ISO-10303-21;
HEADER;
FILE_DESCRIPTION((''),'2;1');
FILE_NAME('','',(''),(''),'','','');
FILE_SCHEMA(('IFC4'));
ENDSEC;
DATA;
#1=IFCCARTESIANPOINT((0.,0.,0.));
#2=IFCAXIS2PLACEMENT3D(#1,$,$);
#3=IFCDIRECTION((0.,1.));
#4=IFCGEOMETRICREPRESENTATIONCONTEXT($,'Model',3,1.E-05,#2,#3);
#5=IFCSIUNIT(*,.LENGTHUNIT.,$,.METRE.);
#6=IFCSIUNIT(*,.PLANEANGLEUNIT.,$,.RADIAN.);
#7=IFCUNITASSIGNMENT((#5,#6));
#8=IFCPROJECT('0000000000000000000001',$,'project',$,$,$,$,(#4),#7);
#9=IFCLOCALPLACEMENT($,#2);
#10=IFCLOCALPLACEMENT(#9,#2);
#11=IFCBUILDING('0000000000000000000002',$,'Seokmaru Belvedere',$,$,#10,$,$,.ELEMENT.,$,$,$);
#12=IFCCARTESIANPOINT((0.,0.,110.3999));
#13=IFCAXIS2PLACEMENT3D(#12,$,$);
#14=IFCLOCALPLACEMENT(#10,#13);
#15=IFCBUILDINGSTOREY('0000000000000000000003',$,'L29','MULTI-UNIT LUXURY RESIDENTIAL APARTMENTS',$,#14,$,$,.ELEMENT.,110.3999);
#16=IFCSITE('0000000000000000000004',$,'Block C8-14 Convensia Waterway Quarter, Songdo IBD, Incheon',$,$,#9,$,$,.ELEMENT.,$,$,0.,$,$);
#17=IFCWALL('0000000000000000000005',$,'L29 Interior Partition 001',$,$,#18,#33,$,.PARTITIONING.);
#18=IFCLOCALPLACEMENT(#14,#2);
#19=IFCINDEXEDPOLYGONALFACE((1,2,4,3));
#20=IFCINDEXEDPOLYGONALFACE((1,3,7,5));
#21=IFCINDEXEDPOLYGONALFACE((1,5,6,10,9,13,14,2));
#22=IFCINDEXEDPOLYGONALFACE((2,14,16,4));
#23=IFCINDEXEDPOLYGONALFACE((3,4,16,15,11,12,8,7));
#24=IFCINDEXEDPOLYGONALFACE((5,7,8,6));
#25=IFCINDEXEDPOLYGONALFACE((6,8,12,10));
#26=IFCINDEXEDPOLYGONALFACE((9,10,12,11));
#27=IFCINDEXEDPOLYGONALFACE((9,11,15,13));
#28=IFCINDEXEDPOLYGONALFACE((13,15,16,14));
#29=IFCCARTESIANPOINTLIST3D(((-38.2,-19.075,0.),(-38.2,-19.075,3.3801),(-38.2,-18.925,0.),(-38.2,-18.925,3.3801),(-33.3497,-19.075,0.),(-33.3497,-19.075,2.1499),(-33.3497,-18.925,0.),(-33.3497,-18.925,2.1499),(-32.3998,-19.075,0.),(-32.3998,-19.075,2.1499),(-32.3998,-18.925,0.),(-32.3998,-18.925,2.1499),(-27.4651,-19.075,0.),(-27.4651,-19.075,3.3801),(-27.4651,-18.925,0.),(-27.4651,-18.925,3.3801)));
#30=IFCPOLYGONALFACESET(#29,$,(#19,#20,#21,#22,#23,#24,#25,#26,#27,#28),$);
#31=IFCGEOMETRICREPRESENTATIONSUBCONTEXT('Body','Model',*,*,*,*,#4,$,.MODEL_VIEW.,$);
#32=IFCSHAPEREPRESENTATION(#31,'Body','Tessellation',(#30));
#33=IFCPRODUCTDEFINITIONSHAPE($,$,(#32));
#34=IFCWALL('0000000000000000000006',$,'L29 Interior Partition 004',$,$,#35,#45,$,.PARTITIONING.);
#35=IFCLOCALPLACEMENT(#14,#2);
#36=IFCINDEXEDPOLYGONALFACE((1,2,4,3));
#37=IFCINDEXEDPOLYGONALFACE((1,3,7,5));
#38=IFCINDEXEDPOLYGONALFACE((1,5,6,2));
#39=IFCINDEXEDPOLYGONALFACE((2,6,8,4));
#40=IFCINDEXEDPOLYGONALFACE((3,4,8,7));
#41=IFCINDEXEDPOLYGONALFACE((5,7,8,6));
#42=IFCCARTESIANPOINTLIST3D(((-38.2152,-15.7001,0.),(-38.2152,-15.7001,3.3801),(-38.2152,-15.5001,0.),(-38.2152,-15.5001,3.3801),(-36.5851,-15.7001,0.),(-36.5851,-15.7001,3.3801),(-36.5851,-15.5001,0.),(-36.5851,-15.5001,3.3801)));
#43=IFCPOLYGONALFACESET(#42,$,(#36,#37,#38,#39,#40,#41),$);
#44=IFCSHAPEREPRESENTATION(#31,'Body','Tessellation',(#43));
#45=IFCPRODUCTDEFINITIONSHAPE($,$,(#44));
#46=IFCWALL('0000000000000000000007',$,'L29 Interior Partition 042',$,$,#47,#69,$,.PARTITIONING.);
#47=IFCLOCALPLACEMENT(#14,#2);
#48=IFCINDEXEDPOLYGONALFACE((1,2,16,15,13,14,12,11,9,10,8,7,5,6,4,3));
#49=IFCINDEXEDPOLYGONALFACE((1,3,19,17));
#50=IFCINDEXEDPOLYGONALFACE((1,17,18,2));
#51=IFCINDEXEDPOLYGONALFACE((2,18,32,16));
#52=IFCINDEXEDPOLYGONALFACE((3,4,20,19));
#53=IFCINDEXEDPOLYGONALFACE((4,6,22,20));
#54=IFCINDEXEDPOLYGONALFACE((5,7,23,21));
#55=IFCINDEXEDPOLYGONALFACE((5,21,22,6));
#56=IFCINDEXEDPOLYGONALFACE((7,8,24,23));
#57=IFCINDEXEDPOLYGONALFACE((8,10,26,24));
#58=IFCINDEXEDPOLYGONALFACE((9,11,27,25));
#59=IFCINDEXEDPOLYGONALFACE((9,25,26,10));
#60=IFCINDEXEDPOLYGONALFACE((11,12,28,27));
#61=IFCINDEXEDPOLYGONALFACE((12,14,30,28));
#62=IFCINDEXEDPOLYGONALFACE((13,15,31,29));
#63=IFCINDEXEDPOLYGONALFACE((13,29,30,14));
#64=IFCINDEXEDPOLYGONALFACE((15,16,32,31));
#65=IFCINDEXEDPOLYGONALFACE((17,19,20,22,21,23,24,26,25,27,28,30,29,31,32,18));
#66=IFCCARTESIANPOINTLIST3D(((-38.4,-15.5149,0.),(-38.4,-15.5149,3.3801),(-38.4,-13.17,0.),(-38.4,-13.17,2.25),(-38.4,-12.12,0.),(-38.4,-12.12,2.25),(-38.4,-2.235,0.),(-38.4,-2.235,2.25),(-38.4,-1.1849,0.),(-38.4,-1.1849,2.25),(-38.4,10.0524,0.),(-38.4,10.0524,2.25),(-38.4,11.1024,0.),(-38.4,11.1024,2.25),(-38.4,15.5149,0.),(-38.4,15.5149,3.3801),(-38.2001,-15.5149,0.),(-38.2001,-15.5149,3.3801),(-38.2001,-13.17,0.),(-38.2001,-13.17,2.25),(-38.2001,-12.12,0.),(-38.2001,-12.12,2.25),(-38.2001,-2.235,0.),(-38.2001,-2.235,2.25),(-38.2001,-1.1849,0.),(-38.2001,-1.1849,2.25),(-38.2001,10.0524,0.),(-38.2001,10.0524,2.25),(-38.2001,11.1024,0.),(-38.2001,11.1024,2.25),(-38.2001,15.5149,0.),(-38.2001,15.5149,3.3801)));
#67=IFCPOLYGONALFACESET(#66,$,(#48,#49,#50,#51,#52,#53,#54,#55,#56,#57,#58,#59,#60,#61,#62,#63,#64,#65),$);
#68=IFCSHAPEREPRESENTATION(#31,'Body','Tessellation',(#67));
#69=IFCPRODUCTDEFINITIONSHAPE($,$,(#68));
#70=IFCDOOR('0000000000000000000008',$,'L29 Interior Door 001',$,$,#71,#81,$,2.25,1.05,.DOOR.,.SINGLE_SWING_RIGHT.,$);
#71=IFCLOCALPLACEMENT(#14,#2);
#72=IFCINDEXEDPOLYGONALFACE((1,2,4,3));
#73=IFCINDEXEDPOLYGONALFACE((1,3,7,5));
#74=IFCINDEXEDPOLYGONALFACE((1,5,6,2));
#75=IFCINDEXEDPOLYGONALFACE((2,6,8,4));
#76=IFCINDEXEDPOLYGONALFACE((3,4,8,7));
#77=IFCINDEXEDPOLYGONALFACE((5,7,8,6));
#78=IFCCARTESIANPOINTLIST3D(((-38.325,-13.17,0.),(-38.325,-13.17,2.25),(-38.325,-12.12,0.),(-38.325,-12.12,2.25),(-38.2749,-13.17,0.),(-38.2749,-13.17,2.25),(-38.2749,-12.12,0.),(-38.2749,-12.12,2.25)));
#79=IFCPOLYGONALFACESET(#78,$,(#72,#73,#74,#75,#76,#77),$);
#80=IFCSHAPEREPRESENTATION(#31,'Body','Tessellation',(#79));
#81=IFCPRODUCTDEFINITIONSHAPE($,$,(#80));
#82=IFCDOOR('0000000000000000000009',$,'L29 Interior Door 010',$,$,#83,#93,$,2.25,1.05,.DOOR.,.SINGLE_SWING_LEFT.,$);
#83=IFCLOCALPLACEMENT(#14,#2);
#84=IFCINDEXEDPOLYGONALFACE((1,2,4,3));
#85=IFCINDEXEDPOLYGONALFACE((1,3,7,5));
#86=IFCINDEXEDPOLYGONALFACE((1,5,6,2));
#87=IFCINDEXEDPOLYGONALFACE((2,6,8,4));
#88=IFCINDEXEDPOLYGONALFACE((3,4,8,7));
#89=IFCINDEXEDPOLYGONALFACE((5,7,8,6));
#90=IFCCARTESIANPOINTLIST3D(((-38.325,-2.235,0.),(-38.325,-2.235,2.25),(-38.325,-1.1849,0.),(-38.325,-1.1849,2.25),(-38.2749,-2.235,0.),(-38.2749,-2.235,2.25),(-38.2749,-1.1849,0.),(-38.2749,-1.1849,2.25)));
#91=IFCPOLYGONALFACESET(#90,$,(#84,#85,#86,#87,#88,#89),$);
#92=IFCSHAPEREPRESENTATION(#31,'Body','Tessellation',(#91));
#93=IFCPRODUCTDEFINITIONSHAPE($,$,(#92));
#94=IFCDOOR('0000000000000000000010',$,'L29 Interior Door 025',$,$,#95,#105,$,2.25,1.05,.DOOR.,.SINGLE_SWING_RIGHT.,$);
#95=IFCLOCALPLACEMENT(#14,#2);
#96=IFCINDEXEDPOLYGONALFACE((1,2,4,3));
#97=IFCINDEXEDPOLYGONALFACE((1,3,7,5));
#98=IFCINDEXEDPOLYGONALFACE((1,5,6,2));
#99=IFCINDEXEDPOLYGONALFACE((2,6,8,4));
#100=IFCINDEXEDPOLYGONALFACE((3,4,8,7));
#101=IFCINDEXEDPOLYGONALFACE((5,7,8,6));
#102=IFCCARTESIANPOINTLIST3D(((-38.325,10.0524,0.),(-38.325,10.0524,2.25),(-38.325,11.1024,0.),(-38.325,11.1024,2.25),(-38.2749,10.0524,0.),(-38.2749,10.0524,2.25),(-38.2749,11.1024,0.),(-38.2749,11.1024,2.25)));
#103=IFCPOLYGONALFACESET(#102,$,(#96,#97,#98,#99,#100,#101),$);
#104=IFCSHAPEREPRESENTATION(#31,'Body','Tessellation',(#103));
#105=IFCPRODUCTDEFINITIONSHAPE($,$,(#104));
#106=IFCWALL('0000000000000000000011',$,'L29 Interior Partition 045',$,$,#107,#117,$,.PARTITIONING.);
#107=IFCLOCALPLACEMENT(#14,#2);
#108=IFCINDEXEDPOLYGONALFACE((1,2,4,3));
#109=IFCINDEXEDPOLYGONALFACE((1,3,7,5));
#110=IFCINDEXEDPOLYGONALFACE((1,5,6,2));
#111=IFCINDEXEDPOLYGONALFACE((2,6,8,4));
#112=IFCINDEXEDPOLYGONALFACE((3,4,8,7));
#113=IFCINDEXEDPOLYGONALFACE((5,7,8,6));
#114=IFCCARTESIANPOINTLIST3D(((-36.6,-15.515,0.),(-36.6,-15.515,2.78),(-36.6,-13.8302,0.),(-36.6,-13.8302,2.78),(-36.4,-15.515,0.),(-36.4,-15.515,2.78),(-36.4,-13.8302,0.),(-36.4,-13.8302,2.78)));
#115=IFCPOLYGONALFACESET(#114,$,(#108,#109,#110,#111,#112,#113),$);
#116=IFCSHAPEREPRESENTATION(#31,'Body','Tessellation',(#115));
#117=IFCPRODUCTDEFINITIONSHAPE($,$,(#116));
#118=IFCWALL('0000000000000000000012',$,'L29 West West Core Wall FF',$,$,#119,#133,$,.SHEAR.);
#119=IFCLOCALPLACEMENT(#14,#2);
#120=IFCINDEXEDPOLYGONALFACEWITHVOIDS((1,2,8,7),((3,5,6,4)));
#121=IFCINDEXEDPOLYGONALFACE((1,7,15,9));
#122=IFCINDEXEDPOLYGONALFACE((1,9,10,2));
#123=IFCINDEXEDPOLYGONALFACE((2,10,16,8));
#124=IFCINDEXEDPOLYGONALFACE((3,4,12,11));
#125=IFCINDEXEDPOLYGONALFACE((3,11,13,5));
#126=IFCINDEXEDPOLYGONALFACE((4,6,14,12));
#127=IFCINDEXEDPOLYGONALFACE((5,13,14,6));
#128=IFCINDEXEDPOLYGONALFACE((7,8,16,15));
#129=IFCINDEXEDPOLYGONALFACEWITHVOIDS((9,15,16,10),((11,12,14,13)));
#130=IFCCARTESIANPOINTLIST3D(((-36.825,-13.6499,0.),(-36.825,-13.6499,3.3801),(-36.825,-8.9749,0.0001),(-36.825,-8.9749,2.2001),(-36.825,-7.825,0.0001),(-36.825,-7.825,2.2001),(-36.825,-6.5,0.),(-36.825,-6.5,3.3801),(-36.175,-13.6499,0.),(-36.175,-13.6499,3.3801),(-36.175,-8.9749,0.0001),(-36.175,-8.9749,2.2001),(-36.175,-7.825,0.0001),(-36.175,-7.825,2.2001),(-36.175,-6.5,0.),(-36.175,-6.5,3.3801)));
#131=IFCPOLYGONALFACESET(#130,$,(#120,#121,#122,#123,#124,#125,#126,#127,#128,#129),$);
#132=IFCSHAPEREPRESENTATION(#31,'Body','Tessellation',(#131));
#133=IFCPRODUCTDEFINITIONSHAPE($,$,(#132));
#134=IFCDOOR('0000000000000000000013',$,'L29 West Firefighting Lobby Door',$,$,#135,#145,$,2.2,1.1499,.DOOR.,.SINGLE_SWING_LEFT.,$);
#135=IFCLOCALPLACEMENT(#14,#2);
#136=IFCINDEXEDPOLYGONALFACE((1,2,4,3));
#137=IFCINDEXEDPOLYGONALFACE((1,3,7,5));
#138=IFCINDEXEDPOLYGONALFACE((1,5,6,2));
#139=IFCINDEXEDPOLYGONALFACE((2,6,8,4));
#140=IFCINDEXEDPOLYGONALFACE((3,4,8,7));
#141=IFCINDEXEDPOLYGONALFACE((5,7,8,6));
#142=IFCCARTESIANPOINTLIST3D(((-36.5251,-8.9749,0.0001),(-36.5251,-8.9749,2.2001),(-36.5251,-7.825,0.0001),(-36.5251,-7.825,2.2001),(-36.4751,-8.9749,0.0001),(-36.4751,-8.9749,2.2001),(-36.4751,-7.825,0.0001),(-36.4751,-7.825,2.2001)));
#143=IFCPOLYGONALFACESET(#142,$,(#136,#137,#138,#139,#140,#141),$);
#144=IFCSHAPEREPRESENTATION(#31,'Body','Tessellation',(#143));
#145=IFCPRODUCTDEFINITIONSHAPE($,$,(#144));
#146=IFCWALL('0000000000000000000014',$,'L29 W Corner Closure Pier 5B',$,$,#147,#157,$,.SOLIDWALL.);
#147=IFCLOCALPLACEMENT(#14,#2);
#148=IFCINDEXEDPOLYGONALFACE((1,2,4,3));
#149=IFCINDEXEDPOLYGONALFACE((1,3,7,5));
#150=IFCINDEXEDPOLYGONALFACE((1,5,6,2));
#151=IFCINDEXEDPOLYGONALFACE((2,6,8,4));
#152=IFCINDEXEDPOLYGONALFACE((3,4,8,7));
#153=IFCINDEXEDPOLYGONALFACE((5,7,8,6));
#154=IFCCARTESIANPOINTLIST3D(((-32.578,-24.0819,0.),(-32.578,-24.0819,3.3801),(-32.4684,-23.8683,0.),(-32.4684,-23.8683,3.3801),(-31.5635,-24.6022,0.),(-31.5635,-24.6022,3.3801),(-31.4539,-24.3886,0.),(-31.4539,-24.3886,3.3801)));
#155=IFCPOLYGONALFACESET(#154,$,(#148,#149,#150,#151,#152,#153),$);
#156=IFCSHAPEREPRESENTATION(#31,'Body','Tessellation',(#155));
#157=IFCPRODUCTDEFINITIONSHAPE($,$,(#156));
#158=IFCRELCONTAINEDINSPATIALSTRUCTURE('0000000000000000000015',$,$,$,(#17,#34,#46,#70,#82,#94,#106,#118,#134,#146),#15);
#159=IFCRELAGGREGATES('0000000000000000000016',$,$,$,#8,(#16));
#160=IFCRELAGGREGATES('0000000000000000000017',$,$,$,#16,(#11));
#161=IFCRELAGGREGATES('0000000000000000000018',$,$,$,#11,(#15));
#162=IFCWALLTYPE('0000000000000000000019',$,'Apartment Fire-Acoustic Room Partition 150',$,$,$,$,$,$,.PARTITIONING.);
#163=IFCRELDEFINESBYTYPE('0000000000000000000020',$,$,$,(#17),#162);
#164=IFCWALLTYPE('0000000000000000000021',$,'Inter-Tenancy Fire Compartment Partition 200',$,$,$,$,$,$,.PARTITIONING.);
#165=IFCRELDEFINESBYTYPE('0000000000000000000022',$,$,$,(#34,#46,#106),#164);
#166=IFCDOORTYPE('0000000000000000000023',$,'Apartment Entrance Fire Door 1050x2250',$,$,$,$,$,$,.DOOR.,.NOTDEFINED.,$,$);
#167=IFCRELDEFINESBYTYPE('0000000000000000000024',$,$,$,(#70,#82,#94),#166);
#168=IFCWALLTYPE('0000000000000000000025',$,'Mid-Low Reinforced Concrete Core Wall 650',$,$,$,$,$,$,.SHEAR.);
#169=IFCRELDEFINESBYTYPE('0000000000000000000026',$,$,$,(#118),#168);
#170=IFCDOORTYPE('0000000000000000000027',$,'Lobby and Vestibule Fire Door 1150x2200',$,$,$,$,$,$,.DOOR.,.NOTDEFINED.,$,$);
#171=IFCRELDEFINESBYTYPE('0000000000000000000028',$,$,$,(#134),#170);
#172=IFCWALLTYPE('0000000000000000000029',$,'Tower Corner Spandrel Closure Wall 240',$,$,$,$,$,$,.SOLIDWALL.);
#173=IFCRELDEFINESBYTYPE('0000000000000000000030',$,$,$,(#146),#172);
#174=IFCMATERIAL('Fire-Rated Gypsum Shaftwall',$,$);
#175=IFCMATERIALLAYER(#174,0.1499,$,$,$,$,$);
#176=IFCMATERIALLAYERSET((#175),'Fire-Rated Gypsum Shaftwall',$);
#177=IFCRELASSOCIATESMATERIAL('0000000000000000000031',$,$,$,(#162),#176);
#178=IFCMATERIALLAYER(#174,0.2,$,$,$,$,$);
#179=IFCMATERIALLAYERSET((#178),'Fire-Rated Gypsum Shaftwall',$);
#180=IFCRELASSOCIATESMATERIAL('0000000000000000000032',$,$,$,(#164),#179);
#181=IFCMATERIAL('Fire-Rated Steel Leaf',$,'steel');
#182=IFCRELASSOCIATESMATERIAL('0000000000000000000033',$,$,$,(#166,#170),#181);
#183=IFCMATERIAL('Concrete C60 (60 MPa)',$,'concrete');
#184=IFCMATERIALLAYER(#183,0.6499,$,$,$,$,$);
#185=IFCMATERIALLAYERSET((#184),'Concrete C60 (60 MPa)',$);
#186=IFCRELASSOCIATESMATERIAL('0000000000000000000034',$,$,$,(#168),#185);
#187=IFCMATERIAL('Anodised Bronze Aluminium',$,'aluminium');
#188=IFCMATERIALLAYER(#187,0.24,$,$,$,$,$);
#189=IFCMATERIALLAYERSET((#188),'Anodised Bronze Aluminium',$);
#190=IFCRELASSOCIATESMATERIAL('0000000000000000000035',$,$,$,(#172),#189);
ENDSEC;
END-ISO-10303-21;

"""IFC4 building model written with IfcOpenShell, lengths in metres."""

from ifc_helpers import new_model, si_unit, direction, frame, frame_2d, origin, place, context, subcontext, project, spatial, rectangle, extrude, source, transform, mapped, material, layer, layer_set, type_object, type_shapes, element, fill, save


model = new_model("IFC4")

# Units and contexts
model_context = context("Model", 3, precision=1e-05, world=origin(), true_north=direction((0.0, 1.0)))
body_context = subcontext(model_context, "Body", "Model", "MODEL_VIEW")
ifc_project = project(units=[si_unit("LENGTHUNIT", "METRE"), si_unit("PLANEANGLEUNIT", "RADIAN")], contexts=[model_context])

# Site, building, storey
site_placement = place(None, origin())
site = spatial("IfcSite", under=ifc_project, at=site_placement, Name="Block C8-14 Convensia Waterway Quarter, Songdo IBD, Incheon", CompositionType="ELEMENT", RefElevation=0.0)
building_placement = place(site_placement, origin())
building = spatial("IfcBuilding", under=site, at=building_placement, Name="Seokmaru Belvedere", CompositionType="ELEMENT")
storey_placement = place(building_placement, frame((0.0, 0.0, 110.3999)))
storey = spatial("IfcBuildingStorey", under=building, at=storey_placement, Name="L29", Description="MULTI-UNIT LUXURY RESIDENTIAL APARTMENTS", CompositionType="ELEMENT", Elevation=110.3999)

# Shared definitions
ifc_material_1 = material(Name="Anodised Bronze Aluminium", Category="aluminium")

# Wall, opening
ifc_material_2 = material(Name="Fire-Rated Gypsum Shaftwall")
ifc_layer_1 = layer(ifc_material_2, 0.1499)
ifc_layer_set_1 = layer_set([ifc_layer_1], Name="Fire-Rated Gypsum Shaftwall")
wall_type_1 = type_object("IfcWallType", Name="Apartment Fire-Acoustic Room Partition 150", PredefinedType="PARTITIONING", material=ifc_layer_set_1)
wall_1_placement = place(storey_placement, frame((-38.2, -19.0, 0.0), z_axis=(0.0, 0.0, 1.0), x_axis=(1.0, 0.0, 0.0)))
wall_1 = element("IfcWall", 1, at=wall_1_placement, inside=storey, type_object=wall_type_1, Name="L29 Interior Partition 001", PredefinedType="PARTITIONING", context=body_context, shape_type="SweptSolid", body=[
    extrude(rectangle(XDim=10.7349, YDim=0.1499, at=frame_2d((5.3674, 0.0))), origin(), (0.0, 0.0, 1.0), 3.3801),
])
opening_1_placement = place(wall_1_placement, frame((4.8501, 0.0, 0.0)))
element("IfcOpeningElement", 2, at=opening_1_placement, cuts=wall_1, PredefinedType="OPENING", context=body_context, shape_type="SweptSolid", body=[
    extrude(rectangle(XDim=0.95, YDim=2.1499, at=frame_2d((0.4751, 1.075))), frame((0.0, 0.085, 0.0), z_axis=(0.0, -1.0, 0.0), x_axis=(1.0, 0.0, 0.0)), (0.0, 0.0, 1.0), 0.1699),
])

# Wall
ifc_layer_2 = layer(ifc_material_2, 0.2)
ifc_layer_set_2 = layer_set([ifc_layer_2], Name="Fire-Rated Gypsum Shaftwall")
wall_type_2 = type_object("IfcWallType", Name="Inter-Tenancy Fire Compartment Partition 200", PredefinedType="PARTITIONING", material=ifc_layer_set_2)
wall_2_placement = place(storey_placement, frame((-38.2151, -15.6001, 0.0), z_axis=(0.0, 0.0, 1.0), x_axis=(1.0, 0.0, 0.0)))
element("IfcWall", 3, at=wall_2_placement, inside=storey, type_object=wall_type_2, Name="L29 Interior Partition 004", PredefinedType="PARTITIONING", context=body_context, shape_type="SweptSolid", body=[
    extrude(rectangle(XDim=1.6301, YDim=0.2, at=frame_2d((0.8149, 0.0))), origin(), (0.0, 0.0, 1.0), 3.3801),
])

# Wall, openings, doors
wall_3_placement = place(storey_placement, frame((-38.3, -15.5149, 0.0), z_axis=(0.0, 0.0, 1.0), x_axis=(0.0, 1.0, 0.0)))
wall_3 = element("IfcWall", 4, at=wall_3_placement, inside=storey, type_object=wall_type_2, Name="L29 Interior Partition 042", PredefinedType="PARTITIONING", context=body_context, shape_type="SweptSolid", body=[
    extrude(rectangle(XDim=31.0298, YDim=0.2, at=frame_2d((15.5149, 0.0))), origin(), (0.0, 0.0, 1.0), 3.3801),
])
opening_2_placement = place(wall_3_placement, frame((2.345, 0.0, 0.0)))
opening_2 = element("IfcOpeningElement", 5, at=opening_2_placement, cuts=wall_3, PredefinedType="OPENING", context=body_context, shape_type="SweptSolid", body=[
    extrude(rectangle(XDim=1.05, YDim=2.25, at=frame_2d((0.5249, 1.125))), frame((0.0, 0.1099, 0.0), z_axis=(0.0, -1.0, 0.0), x_axis=(1.0, 0.0, 0.0)), (0.0, 0.0, 1.0), 0.22),
])
opening_3_placement = place(wall_3_placement, frame((13.28, 0.0, 0.0)))
opening_3 = element("IfcOpeningElement", 6, at=opening_3_placement, cuts=wall_3, PredefinedType="OPENING", context=body_context, shape_type="SweptSolid", body=[
    extrude(rectangle(XDim=1.05, YDim=2.25, at=frame_2d((0.5249, 1.125))), frame((0.0, 0.1099, 0.0), z_axis=(0.0, -1.0, 0.0), x_axis=(1.0, 0.0, 0.0)), (0.0, 0.0, 1.0), 0.22),
])
opening_4_placement = place(wall_3_placement, frame((25.5674, 0.0, 0.0)))
opening_4 = element("IfcOpeningElement", 7, at=opening_4_placement, cuts=wall_3, PredefinedType="OPENING", context=body_context, shape_type="SweptSolid", body=[
    extrude(rectangle(XDim=1.05, YDim=2.25, at=frame_2d((0.5249, 1.125))), frame((0.0, 0.1099, 0.0), z_axis=(0.0, -1.0, 0.0), x_axis=(1.0, 0.0, 0.0)), (0.0, 0.0, 1.0), 0.22),
])
ifc_material_3 = material(Name="Fire-Rated Steel Leaf", Category="steel")
door_type_1 = type_object("IfcDoorType", Name="Apartment Entrance Fire Door 1050x2250", OperationType="NOTDEFINED", PredefinedType="DOOR", material=ifc_material_3)
shared_shape_1 = source(origin(), body_context, "Body", "SweptSolid", [
    extrude(rectangle(XDim=1.05, YDim=2.25, at=frame_2d((0.5249, 1.125))), frame((0.0, 0.0249, 0.0), z_axis=(0.0, -1.0, 0.0), x_axis=(1.0, 0.0, 0.0)), (0.0, 0.0, 1.0), 0.05),
])
type_shapes(door_type_1, [shared_shape_1])
door_1_placement = place(opening_2_placement, origin())
door_1 = element("IfcDoor", 8, at=door_1_placement, inside=storey, type_object=door_type_1, Name="L29 Interior Door 001", OperationType="SINGLE_SWING_RIGHT", OverallHeight=2.25, OverallWidth=1.05, PredefinedType="DOOR", context=body_context, shape_type="MappedRepresentation", body=[
    mapped(shared_shape_1, transform((0.0, 0.0, 0.0), scale=1.0)),
])
fill(opening_2, door_1)
door_2_placement = place(opening_3_placement, origin())
door_2 = element("IfcDoor", 9, at=door_2_placement, inside=storey, type_object=door_type_1, Name="L29 Interior Door 010", OperationType="SINGLE_SWING_LEFT", OverallHeight=2.25, OverallWidth=1.05, PredefinedType="DOOR", context=body_context, shape_type="MappedRepresentation", body=[
    mapped(shared_shape_1, transform((0.0, 0.0, 0.0), scale=1.0)),
])
fill(opening_3, door_2)
door_3_placement = place(opening_4_placement, origin())
door_3 = element("IfcDoor", 10, at=door_3_placement, inside=storey, type_object=door_type_1, Name="L29 Interior Door 025", OperationType="SINGLE_SWING_RIGHT", OverallHeight=2.25, OverallWidth=1.05, PredefinedType="DOOR", context=body_context, shape_type="MappedRepresentation", body=[
    mapped(shared_shape_1, transform((0.0, 0.0, 0.0), scale=1.0)),
])
fill(opening_4, door_3)

# Wall
wall_4_placement = place(storey_placement, frame((-36.5, -15.5149, 0.0), z_axis=(0.0, 0.0, 1.0), x_axis=(0.0, 1.0, 0.0)))
element("IfcWall", 11, at=wall_4_placement, inside=storey, type_object=wall_type_2, Name="L29 Interior Partition 045", PredefinedType="PARTITIONING", context=body_context, shape_type="SweptSolid", body=[
    extrude(rectangle(XDim=1.6848, YDim=0.2, at=frame_2d((0.8423, 0.0))), origin(), (0.0, 0.0, 1.0), 2.78),
])

# Wall, opening, door
ifc_material_4 = material(Name="Concrete C60 (60 MPa)", Category="concrete")
ifc_layer_3 = layer(ifc_material_4, 0.6499)
ifc_layer_set_3 = layer_set([ifc_layer_3], Name="Concrete C60 (60 MPa)")
wall_type_3 = type_object("IfcWallType", Name="Mid-Low Reinforced Concrete Core Wall 650", PredefinedType="SHEAR", material=ifc_layer_set_3)
wall_5_placement = place(storey_placement, frame((-36.5, -13.6499, 0.0), z_axis=(0.0, 0.0, 1.0), x_axis=(0.0, 1.0, 0.0)))
wall_5 = element("IfcWall", 12, at=wall_5_placement, inside=storey, type_object=wall_type_3, Name="L29 West West Core Wall FF", PredefinedType="SHEAR", context=body_context, shape_type="SweptSolid", body=[
    extrude(rectangle(XDim=7.1499, YDim=0.6499, at=frame_2d((3.575, 0.0))), origin(), (0.0, 0.0, 1.0), 3.3801),
])
opening_5_placement = place(wall_5_placement, frame((4.675, 0.0, 0.0)))
opening_5 = element("IfcOpeningElement", 13, at=opening_5_placement, cuts=wall_5, PredefinedType="OPENING", context=body_context, shape_type="SweptSolid", body=[
    extrude(rectangle(XDim=1.1499, YDim=2.2, at=frame_2d((0.575, 1.1001))), frame((0.0, 0.335, 0.0), z_axis=(0.0, -1.0, 0.0), x_axis=(1.0, 0.0, 0.0)), (0.0, 0.0, 1.0), 0.6699),
])
door_type_2 = type_object("IfcDoorType", Name="Lobby and Vestibule Fire Door 1150x2200", OperationType="NOTDEFINED", PredefinedType="DOOR", material=ifc_material_3)
shared_shape_2 = source(origin(), body_context, "Body", "SweptSolid", [
    extrude(rectangle(XDim=1.1499, YDim=2.2, at=frame_2d((0.575, 1.1001))), frame((0.0, 0.0249, 0.0), z_axis=(0.0, -1.0, 0.0), x_axis=(1.0, 0.0, 0.0)), (0.0, 0.0, 1.0), 0.05),
])
type_shapes(door_type_2, [shared_shape_2])
door_4_placement = place(opening_5_placement, frame((1.1499, 0.0, 0.0), z_axis=(0.0, 0.0, 1.0), x_axis=(-1.0, 0.0, 0.0)))
door_4 = element("IfcDoor", 14, at=door_4_placement, inside=storey, type_object=door_type_2, Name="L29 West Firefighting Lobby Door", OperationType="SINGLE_SWING_LEFT", OverallHeight=2.2, OverallWidth=1.1499, PredefinedType="DOOR", context=body_context, shape_type="MappedRepresentation", body=[
    mapped(shared_shape_2, transform((0.0, 0.0, 0.0), scale=1.0)),
])
fill(opening_5, door_4)

# Wall
ifc_layer_4 = layer(ifc_material_1, 0.24)
ifc_layer_set_4 = layer_set([ifc_layer_4], Name="Anodised Bronze Aluminium")
wall_type_4 = type_object("IfcWallType", Name="Tower Corner Spandrel Closure Wall 240", PredefinedType="SOLIDWALL", material=ifc_layer_set_4)
wall_6_placement = place(storey_placement, frame((-32.5232, -23.9751, 0.0), z_axis=(0.0, 0.0, 1.0), x_axis=(0.889797, -0.456356, 0.0)))
element("IfcWall", 15, at=wall_6_placement, inside=storey, type_object=wall_type_4, Name="L29 W Corner Closure Pier 5B", PredefinedType="SOLIDWALL", context=body_context, shape_type="SweptSolid", body=[
    extrude(rectangle(XDim=1.1401, YDim=0.24, at=frame_2d((0.5701, 0.0))), origin(), (0.0, 0.0, 1.0), 3.3801),
])

save(model, "model.ifc")
